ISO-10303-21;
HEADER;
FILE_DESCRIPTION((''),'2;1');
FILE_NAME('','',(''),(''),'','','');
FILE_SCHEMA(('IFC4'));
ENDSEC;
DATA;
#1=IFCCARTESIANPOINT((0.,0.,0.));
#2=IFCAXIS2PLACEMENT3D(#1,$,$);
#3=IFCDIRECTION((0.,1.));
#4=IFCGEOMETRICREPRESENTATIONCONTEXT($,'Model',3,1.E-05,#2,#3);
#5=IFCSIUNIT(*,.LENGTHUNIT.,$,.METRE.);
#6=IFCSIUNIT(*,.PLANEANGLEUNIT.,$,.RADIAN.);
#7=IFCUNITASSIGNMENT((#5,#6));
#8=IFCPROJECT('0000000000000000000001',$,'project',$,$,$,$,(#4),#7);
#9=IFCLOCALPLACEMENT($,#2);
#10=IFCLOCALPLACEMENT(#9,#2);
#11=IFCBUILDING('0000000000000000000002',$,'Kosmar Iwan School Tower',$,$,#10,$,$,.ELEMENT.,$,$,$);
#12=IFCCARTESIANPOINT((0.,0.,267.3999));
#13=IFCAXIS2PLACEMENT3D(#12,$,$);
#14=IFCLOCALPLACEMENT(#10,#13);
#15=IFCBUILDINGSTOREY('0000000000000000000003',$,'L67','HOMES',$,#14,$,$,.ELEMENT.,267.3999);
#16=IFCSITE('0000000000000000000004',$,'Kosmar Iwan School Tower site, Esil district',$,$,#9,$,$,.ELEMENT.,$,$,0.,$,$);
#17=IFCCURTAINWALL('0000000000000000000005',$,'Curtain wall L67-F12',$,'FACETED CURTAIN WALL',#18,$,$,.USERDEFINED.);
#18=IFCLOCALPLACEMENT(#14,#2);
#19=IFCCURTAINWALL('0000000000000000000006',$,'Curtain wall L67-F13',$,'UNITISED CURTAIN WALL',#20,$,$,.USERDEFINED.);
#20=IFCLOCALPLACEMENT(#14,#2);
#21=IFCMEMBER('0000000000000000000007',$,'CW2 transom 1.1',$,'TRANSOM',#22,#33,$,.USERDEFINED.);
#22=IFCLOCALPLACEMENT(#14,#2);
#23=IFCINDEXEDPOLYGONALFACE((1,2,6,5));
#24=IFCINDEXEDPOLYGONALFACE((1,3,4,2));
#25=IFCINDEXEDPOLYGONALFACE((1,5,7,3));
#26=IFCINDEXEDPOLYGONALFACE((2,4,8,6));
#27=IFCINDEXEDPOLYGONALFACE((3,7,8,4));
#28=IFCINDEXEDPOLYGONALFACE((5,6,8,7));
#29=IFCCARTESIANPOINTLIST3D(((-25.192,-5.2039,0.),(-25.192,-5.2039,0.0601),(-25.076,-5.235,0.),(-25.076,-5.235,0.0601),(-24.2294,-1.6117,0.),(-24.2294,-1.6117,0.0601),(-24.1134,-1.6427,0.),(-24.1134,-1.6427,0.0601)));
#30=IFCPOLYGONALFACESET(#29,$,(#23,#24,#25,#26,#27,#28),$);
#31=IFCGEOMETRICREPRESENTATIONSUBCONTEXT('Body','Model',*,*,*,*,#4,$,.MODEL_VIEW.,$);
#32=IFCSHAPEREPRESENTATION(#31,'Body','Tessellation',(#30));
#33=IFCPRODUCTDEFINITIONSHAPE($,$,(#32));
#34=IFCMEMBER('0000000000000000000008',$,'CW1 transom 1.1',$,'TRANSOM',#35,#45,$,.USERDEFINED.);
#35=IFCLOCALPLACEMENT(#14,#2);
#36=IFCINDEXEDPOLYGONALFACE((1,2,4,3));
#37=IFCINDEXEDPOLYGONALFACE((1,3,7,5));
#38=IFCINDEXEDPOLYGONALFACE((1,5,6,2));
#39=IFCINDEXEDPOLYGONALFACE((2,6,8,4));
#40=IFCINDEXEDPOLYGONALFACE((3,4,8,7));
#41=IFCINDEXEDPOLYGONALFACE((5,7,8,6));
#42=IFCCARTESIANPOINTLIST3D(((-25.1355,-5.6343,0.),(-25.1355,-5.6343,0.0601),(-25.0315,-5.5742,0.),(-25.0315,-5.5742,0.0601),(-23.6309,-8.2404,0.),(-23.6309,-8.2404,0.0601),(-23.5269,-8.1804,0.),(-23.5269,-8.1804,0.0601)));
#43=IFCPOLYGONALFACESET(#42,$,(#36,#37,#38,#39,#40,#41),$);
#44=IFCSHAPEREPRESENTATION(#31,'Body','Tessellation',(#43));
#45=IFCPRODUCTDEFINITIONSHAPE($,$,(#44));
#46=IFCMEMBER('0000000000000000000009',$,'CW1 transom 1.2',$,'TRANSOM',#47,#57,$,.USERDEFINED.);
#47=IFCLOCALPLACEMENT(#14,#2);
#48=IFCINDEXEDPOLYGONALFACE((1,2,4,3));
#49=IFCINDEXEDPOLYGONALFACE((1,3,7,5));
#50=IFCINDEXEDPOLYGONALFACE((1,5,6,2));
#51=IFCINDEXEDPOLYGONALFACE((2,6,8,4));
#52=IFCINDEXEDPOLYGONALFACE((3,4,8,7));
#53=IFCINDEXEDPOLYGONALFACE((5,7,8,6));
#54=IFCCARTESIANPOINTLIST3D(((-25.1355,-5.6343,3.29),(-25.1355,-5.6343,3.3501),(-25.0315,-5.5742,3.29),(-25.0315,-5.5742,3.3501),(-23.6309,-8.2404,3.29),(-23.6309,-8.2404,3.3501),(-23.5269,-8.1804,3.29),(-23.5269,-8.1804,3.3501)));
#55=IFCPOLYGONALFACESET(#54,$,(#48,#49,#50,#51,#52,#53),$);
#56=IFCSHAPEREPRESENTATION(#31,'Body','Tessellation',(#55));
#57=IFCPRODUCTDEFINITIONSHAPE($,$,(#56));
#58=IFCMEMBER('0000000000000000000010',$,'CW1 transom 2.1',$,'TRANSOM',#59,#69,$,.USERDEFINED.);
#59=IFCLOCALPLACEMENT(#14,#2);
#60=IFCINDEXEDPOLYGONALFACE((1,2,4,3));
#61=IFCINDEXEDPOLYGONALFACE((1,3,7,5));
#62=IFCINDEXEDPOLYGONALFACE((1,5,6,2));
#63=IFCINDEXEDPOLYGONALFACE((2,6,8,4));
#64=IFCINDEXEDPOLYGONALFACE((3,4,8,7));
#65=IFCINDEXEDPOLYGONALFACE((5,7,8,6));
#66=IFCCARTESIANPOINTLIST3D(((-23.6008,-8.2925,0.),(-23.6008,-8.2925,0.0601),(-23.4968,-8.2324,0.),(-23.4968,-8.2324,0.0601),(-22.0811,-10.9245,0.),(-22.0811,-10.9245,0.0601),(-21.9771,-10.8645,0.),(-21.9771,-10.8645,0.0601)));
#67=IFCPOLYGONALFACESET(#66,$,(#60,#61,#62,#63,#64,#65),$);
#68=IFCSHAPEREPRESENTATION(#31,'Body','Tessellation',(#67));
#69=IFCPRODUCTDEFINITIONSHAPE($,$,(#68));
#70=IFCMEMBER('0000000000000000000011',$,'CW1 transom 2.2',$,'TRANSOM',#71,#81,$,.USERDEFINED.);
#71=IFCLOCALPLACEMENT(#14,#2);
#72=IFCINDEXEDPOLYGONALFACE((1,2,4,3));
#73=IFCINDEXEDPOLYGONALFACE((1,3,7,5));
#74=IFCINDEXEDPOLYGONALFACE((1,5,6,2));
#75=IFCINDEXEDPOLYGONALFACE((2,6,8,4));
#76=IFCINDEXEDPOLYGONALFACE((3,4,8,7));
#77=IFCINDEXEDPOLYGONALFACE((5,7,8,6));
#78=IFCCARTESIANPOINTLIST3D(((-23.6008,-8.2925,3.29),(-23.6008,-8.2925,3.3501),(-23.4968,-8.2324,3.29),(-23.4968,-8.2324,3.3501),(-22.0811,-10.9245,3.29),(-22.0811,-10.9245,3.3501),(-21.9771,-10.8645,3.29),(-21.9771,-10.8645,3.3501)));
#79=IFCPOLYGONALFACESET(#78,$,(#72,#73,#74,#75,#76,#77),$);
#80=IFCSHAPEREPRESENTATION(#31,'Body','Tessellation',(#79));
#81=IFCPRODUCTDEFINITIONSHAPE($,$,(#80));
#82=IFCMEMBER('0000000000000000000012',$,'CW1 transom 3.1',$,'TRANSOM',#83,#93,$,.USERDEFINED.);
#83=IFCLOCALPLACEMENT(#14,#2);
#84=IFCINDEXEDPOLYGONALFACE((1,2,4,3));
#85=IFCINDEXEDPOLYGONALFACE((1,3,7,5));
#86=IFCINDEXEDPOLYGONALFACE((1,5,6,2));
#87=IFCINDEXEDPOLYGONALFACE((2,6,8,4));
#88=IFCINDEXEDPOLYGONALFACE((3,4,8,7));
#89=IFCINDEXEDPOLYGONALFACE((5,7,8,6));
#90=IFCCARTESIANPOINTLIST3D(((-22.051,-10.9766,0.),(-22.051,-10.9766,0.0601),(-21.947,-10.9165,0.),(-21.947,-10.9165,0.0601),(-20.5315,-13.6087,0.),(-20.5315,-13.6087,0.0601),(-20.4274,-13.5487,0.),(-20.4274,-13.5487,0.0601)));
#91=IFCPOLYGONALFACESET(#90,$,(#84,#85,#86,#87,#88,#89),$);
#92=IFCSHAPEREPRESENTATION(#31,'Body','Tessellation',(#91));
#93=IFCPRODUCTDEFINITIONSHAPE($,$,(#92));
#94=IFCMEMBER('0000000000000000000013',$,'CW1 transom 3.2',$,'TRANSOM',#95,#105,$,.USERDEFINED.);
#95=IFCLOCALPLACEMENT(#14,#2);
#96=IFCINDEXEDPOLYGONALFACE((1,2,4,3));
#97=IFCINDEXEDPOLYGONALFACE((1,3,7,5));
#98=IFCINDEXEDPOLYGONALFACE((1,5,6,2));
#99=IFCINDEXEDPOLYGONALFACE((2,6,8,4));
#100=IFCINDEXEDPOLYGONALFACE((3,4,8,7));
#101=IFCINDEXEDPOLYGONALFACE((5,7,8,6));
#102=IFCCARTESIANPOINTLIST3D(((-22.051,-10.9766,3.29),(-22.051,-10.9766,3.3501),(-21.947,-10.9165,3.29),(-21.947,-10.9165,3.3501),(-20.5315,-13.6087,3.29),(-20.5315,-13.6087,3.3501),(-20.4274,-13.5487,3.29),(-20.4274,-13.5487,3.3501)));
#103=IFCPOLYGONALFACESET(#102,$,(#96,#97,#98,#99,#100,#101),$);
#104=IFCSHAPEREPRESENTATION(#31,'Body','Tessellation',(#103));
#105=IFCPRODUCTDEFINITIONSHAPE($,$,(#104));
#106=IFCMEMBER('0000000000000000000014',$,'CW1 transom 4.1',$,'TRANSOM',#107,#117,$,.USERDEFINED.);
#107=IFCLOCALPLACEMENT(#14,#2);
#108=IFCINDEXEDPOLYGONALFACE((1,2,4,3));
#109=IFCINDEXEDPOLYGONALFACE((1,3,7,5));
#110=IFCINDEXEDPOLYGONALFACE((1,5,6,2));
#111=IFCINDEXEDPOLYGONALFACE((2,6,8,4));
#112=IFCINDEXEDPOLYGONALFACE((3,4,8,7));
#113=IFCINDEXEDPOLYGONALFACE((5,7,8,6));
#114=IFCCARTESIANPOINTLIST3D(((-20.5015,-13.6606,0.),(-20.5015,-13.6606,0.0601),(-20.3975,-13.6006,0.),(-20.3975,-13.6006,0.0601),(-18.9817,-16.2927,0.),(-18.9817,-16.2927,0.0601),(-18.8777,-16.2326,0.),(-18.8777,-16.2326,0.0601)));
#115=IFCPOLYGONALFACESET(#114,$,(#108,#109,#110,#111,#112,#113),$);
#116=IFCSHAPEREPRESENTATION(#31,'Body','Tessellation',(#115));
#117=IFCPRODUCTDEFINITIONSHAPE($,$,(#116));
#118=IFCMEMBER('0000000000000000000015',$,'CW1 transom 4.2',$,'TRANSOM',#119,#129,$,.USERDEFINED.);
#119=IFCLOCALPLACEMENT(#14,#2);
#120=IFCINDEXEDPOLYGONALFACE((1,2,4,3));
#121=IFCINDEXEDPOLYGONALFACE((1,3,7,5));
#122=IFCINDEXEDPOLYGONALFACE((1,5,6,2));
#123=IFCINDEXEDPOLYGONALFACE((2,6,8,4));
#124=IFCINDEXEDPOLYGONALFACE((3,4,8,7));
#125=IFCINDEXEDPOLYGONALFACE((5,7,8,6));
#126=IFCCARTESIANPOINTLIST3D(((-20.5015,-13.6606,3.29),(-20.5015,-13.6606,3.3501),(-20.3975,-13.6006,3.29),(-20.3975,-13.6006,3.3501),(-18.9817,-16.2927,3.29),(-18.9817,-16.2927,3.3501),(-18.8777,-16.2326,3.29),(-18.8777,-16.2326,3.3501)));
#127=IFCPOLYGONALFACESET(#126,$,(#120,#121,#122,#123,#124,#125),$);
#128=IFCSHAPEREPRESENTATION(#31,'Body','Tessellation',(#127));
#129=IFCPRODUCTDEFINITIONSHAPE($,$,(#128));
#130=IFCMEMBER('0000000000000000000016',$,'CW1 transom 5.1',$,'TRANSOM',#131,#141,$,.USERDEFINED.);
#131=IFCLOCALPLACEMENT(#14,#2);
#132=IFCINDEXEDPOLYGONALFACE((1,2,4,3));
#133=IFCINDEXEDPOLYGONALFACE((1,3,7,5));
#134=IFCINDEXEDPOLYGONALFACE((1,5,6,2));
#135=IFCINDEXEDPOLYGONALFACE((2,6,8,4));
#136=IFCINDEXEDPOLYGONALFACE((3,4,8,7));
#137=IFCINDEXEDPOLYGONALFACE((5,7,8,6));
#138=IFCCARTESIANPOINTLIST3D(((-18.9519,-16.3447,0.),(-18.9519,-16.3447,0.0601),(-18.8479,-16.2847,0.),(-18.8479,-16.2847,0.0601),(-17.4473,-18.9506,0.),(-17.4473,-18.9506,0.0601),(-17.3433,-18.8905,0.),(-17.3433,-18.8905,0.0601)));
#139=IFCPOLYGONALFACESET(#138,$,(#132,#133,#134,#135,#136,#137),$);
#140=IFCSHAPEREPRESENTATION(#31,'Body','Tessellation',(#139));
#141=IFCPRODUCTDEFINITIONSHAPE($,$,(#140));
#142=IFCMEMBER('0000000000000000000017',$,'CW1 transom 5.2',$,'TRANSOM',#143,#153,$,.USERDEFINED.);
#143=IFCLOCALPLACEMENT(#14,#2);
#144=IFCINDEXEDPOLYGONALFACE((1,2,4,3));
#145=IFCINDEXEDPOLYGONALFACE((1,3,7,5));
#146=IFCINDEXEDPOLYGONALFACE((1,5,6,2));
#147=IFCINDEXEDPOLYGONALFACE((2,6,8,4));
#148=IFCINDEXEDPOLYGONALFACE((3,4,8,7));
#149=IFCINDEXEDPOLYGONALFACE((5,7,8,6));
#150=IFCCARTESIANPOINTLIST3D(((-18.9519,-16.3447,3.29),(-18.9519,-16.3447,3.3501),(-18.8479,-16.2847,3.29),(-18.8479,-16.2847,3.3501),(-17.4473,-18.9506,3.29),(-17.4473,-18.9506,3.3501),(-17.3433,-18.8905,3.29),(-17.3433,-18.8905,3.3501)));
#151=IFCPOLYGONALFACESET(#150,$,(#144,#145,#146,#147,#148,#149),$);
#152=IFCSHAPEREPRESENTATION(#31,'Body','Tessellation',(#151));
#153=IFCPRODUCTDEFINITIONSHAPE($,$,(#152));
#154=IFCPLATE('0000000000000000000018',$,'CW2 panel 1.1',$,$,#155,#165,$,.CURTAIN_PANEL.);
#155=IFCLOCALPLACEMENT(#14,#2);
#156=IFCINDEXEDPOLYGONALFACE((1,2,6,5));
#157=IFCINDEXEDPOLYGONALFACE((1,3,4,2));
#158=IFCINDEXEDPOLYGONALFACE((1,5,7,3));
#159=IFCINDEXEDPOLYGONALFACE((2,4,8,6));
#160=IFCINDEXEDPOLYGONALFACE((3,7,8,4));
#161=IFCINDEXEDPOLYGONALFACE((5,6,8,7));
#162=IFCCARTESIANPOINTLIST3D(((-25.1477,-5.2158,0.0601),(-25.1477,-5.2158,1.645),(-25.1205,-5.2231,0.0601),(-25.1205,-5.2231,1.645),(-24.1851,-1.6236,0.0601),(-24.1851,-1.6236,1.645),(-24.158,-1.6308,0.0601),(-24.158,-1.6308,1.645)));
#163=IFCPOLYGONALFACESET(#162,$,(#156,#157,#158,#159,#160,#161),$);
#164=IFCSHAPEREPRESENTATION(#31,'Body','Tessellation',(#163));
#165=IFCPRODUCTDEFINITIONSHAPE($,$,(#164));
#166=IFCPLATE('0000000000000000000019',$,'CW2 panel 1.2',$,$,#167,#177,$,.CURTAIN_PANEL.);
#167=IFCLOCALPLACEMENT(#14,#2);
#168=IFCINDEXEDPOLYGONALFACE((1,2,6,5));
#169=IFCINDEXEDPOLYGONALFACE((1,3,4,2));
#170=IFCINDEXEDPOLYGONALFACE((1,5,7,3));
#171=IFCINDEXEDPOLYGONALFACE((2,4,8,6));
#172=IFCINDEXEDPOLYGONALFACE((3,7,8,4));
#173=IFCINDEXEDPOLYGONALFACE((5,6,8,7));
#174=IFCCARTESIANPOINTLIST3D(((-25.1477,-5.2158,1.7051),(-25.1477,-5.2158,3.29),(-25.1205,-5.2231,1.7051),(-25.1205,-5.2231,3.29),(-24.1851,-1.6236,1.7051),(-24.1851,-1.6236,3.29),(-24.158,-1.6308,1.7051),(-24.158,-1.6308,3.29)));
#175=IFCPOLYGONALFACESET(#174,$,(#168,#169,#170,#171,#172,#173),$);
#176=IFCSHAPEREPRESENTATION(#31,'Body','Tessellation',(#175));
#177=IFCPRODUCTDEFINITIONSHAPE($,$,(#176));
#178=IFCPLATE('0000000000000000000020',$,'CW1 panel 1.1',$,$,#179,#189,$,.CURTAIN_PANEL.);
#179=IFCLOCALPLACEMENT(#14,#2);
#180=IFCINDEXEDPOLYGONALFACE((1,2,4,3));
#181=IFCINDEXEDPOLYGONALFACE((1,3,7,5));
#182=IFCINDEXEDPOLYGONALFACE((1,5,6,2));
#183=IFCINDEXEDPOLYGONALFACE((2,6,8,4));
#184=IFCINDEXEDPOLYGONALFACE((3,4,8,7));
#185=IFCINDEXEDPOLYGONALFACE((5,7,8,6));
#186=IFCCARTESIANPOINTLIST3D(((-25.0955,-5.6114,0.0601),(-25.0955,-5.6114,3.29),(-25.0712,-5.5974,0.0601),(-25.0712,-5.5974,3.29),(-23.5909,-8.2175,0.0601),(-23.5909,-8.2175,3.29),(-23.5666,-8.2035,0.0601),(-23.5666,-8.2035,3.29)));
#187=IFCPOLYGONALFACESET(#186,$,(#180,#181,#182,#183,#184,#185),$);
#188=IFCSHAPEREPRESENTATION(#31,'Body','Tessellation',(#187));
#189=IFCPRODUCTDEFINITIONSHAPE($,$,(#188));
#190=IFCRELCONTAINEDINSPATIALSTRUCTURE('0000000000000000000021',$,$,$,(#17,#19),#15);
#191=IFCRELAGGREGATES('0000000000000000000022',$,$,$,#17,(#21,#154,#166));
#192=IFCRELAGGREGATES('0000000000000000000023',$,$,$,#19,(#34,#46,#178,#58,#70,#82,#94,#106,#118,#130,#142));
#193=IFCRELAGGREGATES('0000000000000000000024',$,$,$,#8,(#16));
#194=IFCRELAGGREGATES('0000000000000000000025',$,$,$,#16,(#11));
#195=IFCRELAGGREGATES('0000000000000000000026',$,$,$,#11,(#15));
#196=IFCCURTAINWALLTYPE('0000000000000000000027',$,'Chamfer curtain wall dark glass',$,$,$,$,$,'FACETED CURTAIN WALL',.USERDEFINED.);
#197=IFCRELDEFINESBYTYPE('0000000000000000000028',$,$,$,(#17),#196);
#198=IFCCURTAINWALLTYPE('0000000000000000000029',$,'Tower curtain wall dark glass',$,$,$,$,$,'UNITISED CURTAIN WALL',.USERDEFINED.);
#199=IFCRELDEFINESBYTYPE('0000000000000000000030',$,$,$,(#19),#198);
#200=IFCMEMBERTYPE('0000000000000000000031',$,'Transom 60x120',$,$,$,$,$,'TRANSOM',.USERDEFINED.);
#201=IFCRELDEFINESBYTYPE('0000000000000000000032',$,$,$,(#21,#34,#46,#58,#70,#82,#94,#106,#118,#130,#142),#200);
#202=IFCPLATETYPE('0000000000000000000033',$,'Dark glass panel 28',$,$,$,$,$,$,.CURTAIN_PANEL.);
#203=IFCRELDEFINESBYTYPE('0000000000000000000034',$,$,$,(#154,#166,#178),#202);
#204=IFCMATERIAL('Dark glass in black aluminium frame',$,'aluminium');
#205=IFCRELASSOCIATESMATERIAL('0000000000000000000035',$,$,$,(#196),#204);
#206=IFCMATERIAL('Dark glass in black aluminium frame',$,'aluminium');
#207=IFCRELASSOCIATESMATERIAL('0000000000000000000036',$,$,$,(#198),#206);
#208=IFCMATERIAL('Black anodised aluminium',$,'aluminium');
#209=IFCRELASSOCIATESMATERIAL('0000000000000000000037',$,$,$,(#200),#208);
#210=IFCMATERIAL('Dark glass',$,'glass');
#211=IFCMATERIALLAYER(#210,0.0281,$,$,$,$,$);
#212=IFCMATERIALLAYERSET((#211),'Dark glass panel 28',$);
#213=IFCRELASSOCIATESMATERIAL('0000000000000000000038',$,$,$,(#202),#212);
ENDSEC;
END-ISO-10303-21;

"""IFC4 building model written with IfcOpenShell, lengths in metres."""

from ifc_helpers import new_model, si_unit, direction, frame, origin, origin_2d, place, context, subcontext, project, spatial, rectangle, extrude, material, layer, layer_set, material_profile, profile_set, type_object, element, aggregate, save


model = new_model("IFC4")

# Units and contexts
model_context = context("Model", 3, precision=1e-05, world=origin(), true_north=direction((0.0, 1.0)))
body_context = subcontext(model_context, "Body", "Model", "MODEL_VIEW")
ifc_project = project(units=[si_unit("LENGTHUNIT", "METRE"), si_unit("PLANEANGLEUNIT", "RADIAN")], contexts=[model_context])

# Site, building, storey
site_placement = place(None, origin())
site = spatial("IfcSite", under=ifc_project, at=site_placement, Name="Kosmar Iwan School Tower site, Esil district", CompositionType="ELEMENT", RefElevation=0.0)
building_placement = place(site_placement, origin())
building = spatial("IfcBuilding", under=site, at=building_placement, Name="Kosmar Iwan School Tower", CompositionType="ELEMENT")
storey_placement = place(building_placement, frame((0.0, 0.0, 267.3999)))
storey = spatial("IfcBuildingStorey", under=building, at=storey_placement, Name="L67", Description="HOMES", CompositionType="ELEMENT", Elevation=267.3999)

# Curtain wall
ifc_material_1 = material(Name="Dark glass in black aluminium frame", Category="aluminium")
curtain_wall_type_1 = type_object("IfcCurtainWallType", Name="Chamfer curtain wall dark glass", ElementType="FACETED CURTAIN WALL", PredefinedType="USERDEFINED", material=ifc_material_1)
curtain_wall_1_placement = place(storey_placement, origin())
curtain_wall_1 = element("IfcCurtainWall", 1, at=curtain_wall_1_placement, inside=storey, type_object=curtain_wall_type_1, Name="Curtain wall L67-F12", ObjectType="FACETED CURTAIN WALL", PredefinedType="USERDEFINED")

# Curtain wall
ifc_material_2 = material(Name="Dark glass in black aluminium frame", Category="aluminium")
curtain_wall_type_2 = type_object("IfcCurtainWallType", Name="Tower curtain wall dark glass", ElementType="UNITISED CURTAIN WALL", PredefinedType="USERDEFINED", material=ifc_material_2)
curtain_wall_2_placement = place(storey_placement, origin())
curtain_wall_2 = element("IfcCurtainWall", 2, at=curtain_wall_2_placement, inside=storey, type_object=curtain_wall_type_2, Name="Curtain wall L67-F13", ObjectType="UNITISED CURTAIN WALL", PredefinedType="USERDEFINED")

# Members
ifc_material_3 = material(Name="Black anodised aluminium", Category="aluminium")
ifc_material_profile_1 = material_profile(ifc_material_3, rectangle(XDim=0.1201, YDim=0.0601, at=origin_2d()), Name="TRANSOM 60x120")
ifc_profile_set_1 = profile_set([ifc_material_profile_1], Name="Black anodised aluminium")
member_type_1 = type_object("IfcMemberType", Name="Transom 60x120", ElementType="TRANSOM", PredefinedType="USERDEFINED", material=ifc_profile_set_1)
member_1_placement = place(storey_placement, frame((-24.1714, -1.6272, 0.03), z_axis=(-0.258843, -0.965919, 0.0), x_axis=(0.965919, -0.258843, 0.0)))
member_1 = element("IfcMember", 3, at=member_1_placement, type_object=member_type_1, Name="CW2 transom 1.1", ObjectType="TRANSOM", PredefinedType="USERDEFINED", context=body_context, shape_type="SweptSolid", body=[
    extrude(rectangle(XDim=0.1201, YDim=0.0601, at=origin_2d()), origin(), (0.0, 0.0, 1.0), 3.719),
])
member_2_placement = place(storey_placement, frame((-25.0835, -5.6042, 0.03), z_axis=(0.499987, -0.866033, 0.0), x_axis=(0.866033, 0.499987, 0.0)))
member_2 = element("IfcMember", 4, at=member_2_placement, type_object=member_type_1, Name="CW1 transom 1.1", ObjectType="TRANSOM", PredefinedType="USERDEFINED", context=body_context, shape_type="SweptSolid", body=[
    extrude(rectangle(XDim=0.1201, YDim=0.0601, at=origin_2d()), origin(), (0.0, 0.0, 1.0), 3.0093),
])
member_3_placement = place(storey_placement, frame((-25.0835, -5.6042, 3.3201), z_axis=(0.499987, -0.866033, 0.0), x_axis=(0.866033, 0.499987, 0.0)))
member_3 = element("IfcMember", 5, at=member_3_placement, type_object=member_type_1, Name="CW1 transom 1.2", ObjectType="TRANSOM", PredefinedType="USERDEFINED", context=body_context, shape_type="SweptSolid", body=[
    extrude(rectangle(XDim=0.1201, YDim=0.0601, at=origin_2d()), origin(), (0.0, 0.0, 1.0), 3.0093),
])
member_4_placement = place(storey_placement, frame((-23.5488, -8.2625, 0.03), z_axis=(0.500035, -0.866005, 0.0), x_axis=(0.866005, 0.500035, 0.0)))
member_4 = element("IfcMember", 6, at=member_4_placement, type_object=member_type_1, Name="CW1 transom 2.1", ObjectType="TRANSOM", PredefinedType="USERDEFINED", context=body_context, shape_type="SweptSolid", body=[
    extrude(rectangle(XDim=0.1201, YDim=0.0601, at=origin_2d()), origin(), (0.0, 0.0, 1.0), 3.0393),
])
member_5_placement = place(storey_placement, frame((-23.5488, -8.2625, 3.3201), z_axis=(0.500035, -0.866005, 0.0), x_axis=(0.866005, 0.500035, 0.0)))
member_5 = element("IfcMember", 7, at=member_5_placement, type_object=member_type_1, Name="CW1 transom 2.2", ObjectType="TRANSOM", PredefinedType="USERDEFINED", context=body_context, shape_type="SweptSolid", body=[
    extrude(rectangle(XDim=0.1201, YDim=0.0601, at=origin_2d()), origin(), (0.0, 0.0, 1.0), 3.0393),
])
member_6_placement = place(storey_placement, frame((-21.999, -10.9465, 0.03), z_axis=(0.499975, -0.86604, 0.0), x_axis=(0.86604, 0.499975, 0.0)))
member_6 = element("IfcMember", 8, at=member_6_placement, type_object=member_type_1, Name="CW1 transom 3.1", ObjectType="TRANSOM", PredefinedType="USERDEFINED", context=body_context, shape_type="SweptSolid", body=[
    extrude(rectangle(XDim=0.1201, YDim=0.0601, at=origin_2d()), origin(), (0.0, 0.0, 1.0), 3.0393),
])
member_7_placement = place(storey_placement, frame((-21.999, -10.9465, 3.3201), z_axis=(0.499975, -0.86604, 0.0), x_axis=(0.86604, 0.499975, 0.0)))
member_7 = element("IfcMember", 9, at=member_7_placement, type_object=member_type_1, Name="CW1 transom 3.2", ObjectType="TRANSOM", PredefinedType="USERDEFINED", context=body_context, shape_type="SweptSolid", body=[
    extrude(rectangle(XDim=0.1201, YDim=0.0601, at=origin_2d()), origin(), (0.0, 0.0, 1.0), 3.0393),
])
member_8_placement = place(storey_placement, frame((-20.4495, -13.6306, 0.03), z_axis=(0.500035, -0.866005, 0.0), x_axis=(0.866005, 0.500035, 0.0)))
member_8 = element("IfcMember", 10, at=member_8_placement, type_object=member_type_1, Name="CW1 transom 4.1", ObjectType="TRANSOM", PredefinedType="USERDEFINED", context=body_context, shape_type="SweptSolid", body=[
    extrude(rectangle(XDim=0.1201, YDim=0.0601, at=origin_2d()), origin(), (0.0, 0.0, 1.0), 3.0393),
])
member_9_placement = place(storey_placement, frame((-20.4495, -13.6306, 3.3201), z_axis=(0.500035, -0.866005, 0.0), x_axis=(0.866005, 0.500035, 0.0)))
member_9 = element("IfcMember", 11, at=member_9_placement, type_object=member_type_1, Name="CW1 transom 4.2", ObjectType="TRANSOM", PredefinedType="USERDEFINED", context=body_context, shape_type="SweptSolid", body=[
    extrude(rectangle(XDim=0.1201, YDim=0.0601, at=origin_2d()), origin(), (0.0, 0.0, 1.0), 3.0393),
])
member_10_placement = place(storey_placement, frame((-18.8999, -16.3147, 0.03), z_axis=(0.500022, -0.866013, 0.0), x_axis=(0.866013, 0.500022, 0.0)))
member_10 = element("IfcMember", 12, at=member_10_placement, type_object=member_type_1, Name="CW1 transom 5.1", ObjectType="TRANSOM", PredefinedType="USERDEFINED", context=body_context, shape_type="SweptSolid", body=[
    extrude(rectangle(XDim=0.1201, YDim=0.0601, at=origin_2d()), origin(), (0.0, 0.0, 1.0), 3.009),
])
member_11_placement = place(storey_placement, frame((-18.8999, -16.3147, 3.3201), z_axis=(0.500022, -0.866013, 0.0), x_axis=(0.866013, 0.500022, 0.0)))
member_11 = element("IfcMember", 13, at=member_11_placement, type_object=member_type_1, Name="CW1 transom 5.2", ObjectType="TRANSOM", PredefinedType="USERDEFINED", context=body_context, shape_type="SweptSolid", body=[
    extrude(rectangle(XDim=0.1201, YDim=0.0601, at=origin_2d()), origin(), (0.0, 0.0, 1.0), 3.009),
])

# Plates
ifc_material_4 = material(Name="Dark glass", Category="glass")
ifc_layer_1 = layer(ifc_material_4, 0.0281)
ifc_layer_set_1 = layer_set([ifc_layer_1], Name="Dark glass panel 28")
plate_type = type_object("IfcPlateType", Name="Dark glass panel 28", PredefinedType="CURTAIN_PANEL", material=ifc_layer_set_1)
plate_1_placement = place(storey_placement, frame((-24.6528, -3.4233, 0.0601), z_axis=(0.0, 0.0, 1.0), x_axis=(-0.258819, -0.965926, 0.0)))
plate_1 = element("IfcPlate", 14, at=plate_1_placement, type_object=plate_type, Name="CW2 panel 1.1", PredefinedType="CURTAIN_PANEL", context=body_context, shape_type="SweptSolid", body=[
    extrude(rectangle(XDim=3.719, YDim=0.0281, at=origin_2d()), origin(), (0.0, 0.0, 1.0), 1.585),
])
plate_2_placement = place(storey_placement, frame((-24.6528, -3.4233, 1.7051), z_axis=(0.0, 0.0, 1.0), x_axis=(-0.258819, -0.965926, 0.0)))
plate_2 = element("IfcPlate", 15, at=plate_2_placement, type_object=plate_type, Name="CW2 panel 1.2", PredefinedType="CURTAIN_PANEL", context=body_context, shape_type="SweptSolid", body=[
    extrude(rectangle(XDim=3.719, YDim=0.0281, at=origin_2d()), origin(), (0.0, 0.0, 1.0), 1.585),
])
aggregate(curtain_wall_1, [member_1, plate_1, plate_2])
plate_3_placement = place(storey_placement, frame((-24.3311, -6.9075, 0.0601), z_axis=(0.0, 0.0, 1.0), x_axis=(0.5, -0.866025, 0.0)))
plate_3 = element("IfcPlate", 16, at=plate_3_placement, type_object=plate_type, Name="CW1 panel 1.1", PredefinedType="CURTAIN_PANEL", context=body_context, shape_type="SweptSolid", body=[
    extrude(rectangle(XDim=3.0093, YDim=0.0281, at=origin_2d()), origin(), (0.0, 0.0, 1.0), 3.23),
])
aggregate(curtain_wall_2, [member_2, member_3, plate_3, member_4, member_5, member_6, member_7, member_8, member_9, member_10, member_11])

save(model, "model.ifc")
